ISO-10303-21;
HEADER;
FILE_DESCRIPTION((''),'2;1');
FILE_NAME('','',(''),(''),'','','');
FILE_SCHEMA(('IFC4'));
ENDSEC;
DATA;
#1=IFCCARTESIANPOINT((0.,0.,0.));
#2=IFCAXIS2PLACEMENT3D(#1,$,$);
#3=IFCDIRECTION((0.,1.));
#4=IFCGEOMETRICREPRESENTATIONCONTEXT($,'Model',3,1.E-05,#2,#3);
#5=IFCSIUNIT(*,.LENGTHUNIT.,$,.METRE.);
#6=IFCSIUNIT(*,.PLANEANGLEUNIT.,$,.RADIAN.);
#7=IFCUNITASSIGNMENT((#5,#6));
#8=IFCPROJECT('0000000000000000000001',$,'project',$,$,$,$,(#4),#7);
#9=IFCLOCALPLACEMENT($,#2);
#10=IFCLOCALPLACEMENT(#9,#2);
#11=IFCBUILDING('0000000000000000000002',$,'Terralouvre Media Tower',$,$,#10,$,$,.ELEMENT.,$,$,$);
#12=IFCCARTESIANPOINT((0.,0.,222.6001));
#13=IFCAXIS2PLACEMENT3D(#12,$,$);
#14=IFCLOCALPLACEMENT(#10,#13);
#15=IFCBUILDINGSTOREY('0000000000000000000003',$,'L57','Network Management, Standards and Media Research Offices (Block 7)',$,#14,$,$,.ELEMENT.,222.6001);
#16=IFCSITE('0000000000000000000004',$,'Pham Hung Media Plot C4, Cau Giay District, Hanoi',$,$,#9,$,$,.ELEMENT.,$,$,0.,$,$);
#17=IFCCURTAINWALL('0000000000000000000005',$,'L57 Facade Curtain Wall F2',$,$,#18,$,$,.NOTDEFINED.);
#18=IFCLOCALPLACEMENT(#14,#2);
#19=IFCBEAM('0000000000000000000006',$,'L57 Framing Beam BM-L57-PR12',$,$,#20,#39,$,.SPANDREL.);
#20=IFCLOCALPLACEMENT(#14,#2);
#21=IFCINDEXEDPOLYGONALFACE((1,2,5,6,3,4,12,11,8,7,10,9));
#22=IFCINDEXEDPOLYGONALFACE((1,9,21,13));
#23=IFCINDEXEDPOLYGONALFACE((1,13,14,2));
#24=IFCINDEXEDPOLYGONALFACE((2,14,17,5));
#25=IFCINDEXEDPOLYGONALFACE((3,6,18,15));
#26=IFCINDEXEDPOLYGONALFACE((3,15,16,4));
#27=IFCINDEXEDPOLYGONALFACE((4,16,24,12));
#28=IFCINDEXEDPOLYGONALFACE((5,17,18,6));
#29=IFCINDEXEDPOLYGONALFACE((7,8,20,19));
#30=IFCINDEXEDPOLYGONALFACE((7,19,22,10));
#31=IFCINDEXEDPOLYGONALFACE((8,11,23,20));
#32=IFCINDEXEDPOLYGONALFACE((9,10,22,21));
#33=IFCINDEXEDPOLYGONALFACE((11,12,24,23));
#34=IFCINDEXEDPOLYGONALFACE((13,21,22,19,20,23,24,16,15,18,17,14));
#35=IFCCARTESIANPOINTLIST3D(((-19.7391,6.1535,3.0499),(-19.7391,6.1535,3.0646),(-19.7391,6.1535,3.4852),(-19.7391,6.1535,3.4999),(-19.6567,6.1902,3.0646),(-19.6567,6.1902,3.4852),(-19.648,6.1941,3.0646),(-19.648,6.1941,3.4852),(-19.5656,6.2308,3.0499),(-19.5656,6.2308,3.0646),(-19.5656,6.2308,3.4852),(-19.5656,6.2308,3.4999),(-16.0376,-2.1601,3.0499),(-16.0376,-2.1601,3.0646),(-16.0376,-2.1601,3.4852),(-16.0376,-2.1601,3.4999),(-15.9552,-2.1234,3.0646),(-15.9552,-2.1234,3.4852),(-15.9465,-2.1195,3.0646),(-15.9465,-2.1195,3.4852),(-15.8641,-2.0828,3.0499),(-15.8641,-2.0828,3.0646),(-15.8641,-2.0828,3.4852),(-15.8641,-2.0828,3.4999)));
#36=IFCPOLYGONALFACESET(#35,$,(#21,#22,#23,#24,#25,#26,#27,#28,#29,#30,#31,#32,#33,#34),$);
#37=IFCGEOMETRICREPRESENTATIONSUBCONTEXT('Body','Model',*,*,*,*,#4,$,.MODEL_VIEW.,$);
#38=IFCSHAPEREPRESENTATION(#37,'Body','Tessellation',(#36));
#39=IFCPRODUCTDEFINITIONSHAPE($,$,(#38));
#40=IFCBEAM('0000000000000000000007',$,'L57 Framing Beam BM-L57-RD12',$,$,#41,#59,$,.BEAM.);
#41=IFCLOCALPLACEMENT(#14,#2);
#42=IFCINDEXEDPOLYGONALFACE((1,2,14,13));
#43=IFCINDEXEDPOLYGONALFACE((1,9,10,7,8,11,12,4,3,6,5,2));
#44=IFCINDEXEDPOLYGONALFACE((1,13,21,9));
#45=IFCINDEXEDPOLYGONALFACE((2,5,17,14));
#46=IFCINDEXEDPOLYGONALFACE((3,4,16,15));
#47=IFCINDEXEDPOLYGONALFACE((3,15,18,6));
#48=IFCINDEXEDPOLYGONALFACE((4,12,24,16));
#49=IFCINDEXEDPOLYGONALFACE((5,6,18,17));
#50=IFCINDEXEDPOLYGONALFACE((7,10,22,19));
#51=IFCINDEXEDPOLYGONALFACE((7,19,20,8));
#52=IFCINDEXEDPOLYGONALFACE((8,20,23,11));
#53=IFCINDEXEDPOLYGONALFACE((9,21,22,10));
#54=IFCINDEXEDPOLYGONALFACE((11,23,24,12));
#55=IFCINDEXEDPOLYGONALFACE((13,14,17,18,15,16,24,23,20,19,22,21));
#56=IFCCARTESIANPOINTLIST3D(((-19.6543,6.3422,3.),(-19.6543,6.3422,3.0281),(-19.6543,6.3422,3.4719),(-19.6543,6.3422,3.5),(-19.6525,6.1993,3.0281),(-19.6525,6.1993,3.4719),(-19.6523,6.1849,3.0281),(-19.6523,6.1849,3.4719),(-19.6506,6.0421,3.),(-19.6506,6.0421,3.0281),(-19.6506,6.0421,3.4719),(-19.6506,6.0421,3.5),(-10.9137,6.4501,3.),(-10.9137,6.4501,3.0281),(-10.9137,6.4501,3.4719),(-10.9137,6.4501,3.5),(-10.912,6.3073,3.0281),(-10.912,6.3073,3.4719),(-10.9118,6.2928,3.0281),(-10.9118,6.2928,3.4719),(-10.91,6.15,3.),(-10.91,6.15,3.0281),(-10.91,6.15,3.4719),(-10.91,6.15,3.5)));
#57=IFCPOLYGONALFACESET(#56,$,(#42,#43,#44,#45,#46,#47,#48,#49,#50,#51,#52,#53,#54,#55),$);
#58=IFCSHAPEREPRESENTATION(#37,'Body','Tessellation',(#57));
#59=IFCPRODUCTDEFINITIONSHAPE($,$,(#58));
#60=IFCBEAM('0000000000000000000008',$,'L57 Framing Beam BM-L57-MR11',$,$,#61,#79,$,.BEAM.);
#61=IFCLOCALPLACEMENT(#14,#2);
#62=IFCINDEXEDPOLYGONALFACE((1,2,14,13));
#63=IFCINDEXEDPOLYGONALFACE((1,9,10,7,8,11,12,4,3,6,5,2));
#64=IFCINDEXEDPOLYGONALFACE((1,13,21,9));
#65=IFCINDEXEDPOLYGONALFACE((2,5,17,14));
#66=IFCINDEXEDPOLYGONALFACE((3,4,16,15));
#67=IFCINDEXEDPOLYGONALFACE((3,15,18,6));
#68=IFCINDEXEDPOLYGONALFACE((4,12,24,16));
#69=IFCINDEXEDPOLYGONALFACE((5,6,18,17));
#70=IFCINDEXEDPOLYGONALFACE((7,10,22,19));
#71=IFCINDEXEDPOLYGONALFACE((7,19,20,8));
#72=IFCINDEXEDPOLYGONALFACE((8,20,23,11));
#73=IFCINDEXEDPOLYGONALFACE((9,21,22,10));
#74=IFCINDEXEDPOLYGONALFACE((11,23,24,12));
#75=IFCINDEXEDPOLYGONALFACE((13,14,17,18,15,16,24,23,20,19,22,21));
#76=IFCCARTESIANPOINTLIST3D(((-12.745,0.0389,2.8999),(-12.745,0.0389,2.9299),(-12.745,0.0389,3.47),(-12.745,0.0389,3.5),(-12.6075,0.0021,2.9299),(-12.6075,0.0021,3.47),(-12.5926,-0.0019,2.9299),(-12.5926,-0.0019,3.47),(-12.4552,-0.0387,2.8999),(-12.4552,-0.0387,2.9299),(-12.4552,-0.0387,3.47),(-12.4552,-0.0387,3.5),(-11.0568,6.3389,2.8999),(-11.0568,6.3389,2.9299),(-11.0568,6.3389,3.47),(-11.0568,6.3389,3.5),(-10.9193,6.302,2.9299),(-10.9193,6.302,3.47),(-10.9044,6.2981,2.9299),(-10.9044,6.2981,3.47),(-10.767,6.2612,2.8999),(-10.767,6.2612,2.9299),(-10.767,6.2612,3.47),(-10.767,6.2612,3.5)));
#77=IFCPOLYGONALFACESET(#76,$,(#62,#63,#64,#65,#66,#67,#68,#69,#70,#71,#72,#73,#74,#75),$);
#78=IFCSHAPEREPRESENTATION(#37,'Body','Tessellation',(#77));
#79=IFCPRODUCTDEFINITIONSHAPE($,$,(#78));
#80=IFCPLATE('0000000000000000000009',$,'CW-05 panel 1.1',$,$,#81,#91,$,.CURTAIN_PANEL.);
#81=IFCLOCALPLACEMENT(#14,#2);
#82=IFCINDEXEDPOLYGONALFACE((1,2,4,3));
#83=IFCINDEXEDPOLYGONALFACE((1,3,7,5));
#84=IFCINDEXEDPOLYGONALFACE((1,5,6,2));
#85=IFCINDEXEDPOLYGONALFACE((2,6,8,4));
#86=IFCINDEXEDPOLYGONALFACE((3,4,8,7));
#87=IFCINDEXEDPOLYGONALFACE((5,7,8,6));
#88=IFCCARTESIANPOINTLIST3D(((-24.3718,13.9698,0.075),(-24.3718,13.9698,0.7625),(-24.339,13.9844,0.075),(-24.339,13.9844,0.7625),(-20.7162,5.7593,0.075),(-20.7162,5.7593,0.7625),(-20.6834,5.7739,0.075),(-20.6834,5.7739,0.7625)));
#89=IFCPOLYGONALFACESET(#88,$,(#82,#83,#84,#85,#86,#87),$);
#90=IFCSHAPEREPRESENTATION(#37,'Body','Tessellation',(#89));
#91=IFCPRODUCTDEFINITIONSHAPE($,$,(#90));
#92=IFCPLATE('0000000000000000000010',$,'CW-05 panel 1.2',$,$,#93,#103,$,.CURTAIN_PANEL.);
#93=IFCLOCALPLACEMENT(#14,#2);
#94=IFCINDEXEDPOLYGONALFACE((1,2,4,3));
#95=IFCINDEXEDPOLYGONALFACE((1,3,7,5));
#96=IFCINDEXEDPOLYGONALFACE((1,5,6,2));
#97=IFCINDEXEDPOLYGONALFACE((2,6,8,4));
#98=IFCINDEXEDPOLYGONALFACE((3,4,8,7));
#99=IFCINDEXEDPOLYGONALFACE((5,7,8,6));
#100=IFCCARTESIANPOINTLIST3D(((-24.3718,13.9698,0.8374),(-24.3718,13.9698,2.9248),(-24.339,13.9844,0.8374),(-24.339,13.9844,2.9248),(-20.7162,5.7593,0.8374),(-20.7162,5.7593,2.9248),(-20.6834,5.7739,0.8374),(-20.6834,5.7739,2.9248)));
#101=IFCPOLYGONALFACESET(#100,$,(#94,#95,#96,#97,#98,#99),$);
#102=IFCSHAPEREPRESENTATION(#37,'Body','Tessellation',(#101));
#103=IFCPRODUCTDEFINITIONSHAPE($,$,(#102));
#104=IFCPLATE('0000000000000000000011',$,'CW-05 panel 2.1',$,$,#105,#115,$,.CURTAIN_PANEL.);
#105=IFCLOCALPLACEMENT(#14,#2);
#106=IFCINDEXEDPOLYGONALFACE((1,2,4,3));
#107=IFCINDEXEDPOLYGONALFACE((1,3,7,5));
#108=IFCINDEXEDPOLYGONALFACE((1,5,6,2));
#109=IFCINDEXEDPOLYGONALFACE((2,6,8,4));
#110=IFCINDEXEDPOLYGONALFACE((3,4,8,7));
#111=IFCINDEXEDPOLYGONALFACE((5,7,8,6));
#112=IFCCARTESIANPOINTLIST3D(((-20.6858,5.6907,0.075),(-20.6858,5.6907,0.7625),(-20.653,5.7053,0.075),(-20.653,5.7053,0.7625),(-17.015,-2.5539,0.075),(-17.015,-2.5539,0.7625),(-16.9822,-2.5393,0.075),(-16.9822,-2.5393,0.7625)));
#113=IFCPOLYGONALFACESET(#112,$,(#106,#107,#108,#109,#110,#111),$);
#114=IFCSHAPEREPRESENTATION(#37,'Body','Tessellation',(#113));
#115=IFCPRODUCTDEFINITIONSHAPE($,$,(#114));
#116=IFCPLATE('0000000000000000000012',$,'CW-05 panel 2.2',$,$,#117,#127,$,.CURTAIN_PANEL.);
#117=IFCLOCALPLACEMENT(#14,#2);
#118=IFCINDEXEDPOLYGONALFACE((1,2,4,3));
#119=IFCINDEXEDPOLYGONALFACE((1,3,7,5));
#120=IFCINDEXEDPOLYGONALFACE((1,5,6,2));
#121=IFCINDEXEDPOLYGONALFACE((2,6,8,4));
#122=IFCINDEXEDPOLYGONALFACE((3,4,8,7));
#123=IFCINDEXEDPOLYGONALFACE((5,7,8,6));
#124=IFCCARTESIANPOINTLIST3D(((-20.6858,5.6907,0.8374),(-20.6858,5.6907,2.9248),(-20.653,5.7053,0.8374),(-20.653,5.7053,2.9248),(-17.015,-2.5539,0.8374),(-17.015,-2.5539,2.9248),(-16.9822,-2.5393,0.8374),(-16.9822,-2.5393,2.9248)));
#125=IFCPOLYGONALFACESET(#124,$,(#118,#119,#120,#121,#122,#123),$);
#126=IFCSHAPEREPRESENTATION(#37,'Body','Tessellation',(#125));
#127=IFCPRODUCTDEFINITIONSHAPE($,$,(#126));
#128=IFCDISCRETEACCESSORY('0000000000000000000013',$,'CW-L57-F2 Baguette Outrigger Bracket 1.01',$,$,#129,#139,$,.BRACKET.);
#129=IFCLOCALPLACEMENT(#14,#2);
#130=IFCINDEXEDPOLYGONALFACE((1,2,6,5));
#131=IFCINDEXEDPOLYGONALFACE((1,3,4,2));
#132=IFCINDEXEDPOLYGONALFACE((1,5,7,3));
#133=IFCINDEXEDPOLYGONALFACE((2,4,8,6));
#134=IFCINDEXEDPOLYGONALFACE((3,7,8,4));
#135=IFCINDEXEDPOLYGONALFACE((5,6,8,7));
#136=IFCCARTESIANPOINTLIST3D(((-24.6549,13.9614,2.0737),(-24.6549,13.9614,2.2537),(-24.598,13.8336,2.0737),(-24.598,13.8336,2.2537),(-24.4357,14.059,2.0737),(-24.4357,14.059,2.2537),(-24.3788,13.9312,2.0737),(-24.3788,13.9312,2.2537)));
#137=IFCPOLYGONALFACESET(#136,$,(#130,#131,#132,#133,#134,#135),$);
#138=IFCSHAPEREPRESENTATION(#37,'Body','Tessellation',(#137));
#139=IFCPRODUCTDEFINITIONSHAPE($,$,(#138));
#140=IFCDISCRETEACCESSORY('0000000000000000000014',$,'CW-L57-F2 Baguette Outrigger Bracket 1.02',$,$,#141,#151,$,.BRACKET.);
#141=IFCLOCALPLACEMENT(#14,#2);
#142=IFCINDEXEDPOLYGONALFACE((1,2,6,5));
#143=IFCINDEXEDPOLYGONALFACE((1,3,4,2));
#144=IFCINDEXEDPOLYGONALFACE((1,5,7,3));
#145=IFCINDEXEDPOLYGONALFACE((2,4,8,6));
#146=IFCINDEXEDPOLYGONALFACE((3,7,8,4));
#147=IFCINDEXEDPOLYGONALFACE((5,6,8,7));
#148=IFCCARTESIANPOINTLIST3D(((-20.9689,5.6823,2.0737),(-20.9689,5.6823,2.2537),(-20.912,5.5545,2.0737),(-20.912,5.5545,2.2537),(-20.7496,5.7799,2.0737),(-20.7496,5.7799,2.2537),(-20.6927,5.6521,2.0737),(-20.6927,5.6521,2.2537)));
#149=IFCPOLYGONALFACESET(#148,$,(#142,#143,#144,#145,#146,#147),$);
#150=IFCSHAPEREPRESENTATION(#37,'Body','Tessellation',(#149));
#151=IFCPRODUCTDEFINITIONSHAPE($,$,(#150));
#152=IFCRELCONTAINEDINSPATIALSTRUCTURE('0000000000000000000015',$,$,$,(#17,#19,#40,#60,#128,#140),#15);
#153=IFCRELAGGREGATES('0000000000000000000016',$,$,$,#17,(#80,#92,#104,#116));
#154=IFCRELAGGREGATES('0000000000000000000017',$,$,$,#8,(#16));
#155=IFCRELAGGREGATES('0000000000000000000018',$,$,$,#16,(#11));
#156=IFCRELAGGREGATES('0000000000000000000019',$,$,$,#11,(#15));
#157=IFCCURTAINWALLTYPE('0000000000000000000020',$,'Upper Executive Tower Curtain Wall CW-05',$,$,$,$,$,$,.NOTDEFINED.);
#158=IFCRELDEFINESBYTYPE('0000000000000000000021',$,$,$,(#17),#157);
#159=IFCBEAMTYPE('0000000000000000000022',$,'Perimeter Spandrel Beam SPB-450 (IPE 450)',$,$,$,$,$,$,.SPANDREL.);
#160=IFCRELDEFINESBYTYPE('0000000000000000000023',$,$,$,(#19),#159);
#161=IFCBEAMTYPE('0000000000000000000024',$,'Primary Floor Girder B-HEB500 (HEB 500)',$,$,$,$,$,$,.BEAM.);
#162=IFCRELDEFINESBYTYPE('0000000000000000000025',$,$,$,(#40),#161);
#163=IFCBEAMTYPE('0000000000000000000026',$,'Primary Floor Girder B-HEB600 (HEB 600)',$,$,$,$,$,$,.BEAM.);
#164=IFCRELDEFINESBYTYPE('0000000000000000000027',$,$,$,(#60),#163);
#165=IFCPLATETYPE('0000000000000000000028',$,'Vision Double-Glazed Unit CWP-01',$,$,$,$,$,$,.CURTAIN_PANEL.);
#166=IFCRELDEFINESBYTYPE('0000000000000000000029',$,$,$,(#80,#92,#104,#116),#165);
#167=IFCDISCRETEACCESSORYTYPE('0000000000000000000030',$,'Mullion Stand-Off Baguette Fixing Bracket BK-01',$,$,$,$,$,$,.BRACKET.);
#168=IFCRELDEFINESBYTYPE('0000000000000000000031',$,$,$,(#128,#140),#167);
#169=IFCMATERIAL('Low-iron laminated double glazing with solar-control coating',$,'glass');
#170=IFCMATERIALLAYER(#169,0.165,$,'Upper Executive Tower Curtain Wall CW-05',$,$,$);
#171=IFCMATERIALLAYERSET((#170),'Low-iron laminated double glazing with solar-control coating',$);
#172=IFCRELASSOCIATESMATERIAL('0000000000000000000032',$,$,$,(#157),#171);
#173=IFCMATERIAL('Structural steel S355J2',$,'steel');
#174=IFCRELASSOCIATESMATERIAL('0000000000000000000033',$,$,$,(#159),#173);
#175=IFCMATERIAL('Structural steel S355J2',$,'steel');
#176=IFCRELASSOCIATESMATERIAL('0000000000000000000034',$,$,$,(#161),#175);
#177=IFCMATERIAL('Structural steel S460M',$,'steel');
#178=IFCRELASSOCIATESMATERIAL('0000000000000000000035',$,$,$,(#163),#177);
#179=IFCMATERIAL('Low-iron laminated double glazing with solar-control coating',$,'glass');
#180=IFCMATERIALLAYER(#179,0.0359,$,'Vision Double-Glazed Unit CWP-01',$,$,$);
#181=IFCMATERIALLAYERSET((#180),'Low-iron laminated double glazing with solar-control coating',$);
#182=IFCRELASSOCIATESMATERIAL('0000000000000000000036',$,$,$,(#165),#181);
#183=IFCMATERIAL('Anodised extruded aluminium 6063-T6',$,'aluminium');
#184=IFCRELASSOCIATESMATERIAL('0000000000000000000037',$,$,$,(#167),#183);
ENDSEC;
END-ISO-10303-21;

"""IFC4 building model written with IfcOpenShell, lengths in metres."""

from ifc_helpers import new_model, si_unit, direction, frame, origin, origin_2d, place, context, subcontext, project, spatial, rectangle, i_section, extrude, material, layer, layer_set, material_profile, profile_set, type_object, element, aggregate, save


model = new_model("IFC4")

# Units and contexts
model_context = context("Model", 3, precision=1e-05, world=origin(), true_north=direction((0.0, 1.0)))
body_context = subcontext(model_context, "Body", "Model", "MODEL_VIEW")
ifc_project = project(units=[si_unit("LENGTHUNIT", "METRE"), si_unit("PLANEANGLEUNIT", "RADIAN")], contexts=[model_context])

# Site, building, storey
site_placement = place(None, origin())
site = spatial("IfcSite", under=ifc_project, at=site_placement, Name="Pham Hung Media Plot C4, Cau Giay District, Hanoi", CompositionType="ELEMENT", RefElevation=0.0)
building_placement = place(site_placement, origin())
building = spatial("IfcBuilding", under=site, at=building_placement, Name="Terralouvre Media Tower", CompositionType="ELEMENT")
storey_placement = place(building_placement, frame((0.0, 0.0, 222.6001)))
storey = spatial("IfcBuildingStorey", under=building, at=storey_placement, Name="L57", Description="Network Management, Standards and Media Research Offices (Block 7)", CompositionType="ELEMENT", Elevation=222.6001)

# Curtain wall
ifc_material_1 = material(Name="Low-iron laminated double glazing with solar-control coating", Category="glass")
ifc_layer_1 = layer(ifc_material_1, 0.165, Name="Upper Executive Tower Curtain Wall CW-05")
ifc_layer_set_1 = layer_set([ifc_layer_1], Name="Low-iron laminated double glazing with solar-control coating")
curtain_wall_type_1 = type_object("IfcCurtainWallType", Name="Upper Executive Tower Curtain Wall CW-05", PredefinedType="NOTDEFINED", material=ifc_layer_set_1)
curtain_wall_1_placement = place(storey_placement, origin())
curtain_wall_1 = element("IfcCurtainWall", 1, at=curtain_wall_1_placement, inside=storey, type_object=curtain_wall_type_1, Name="L57 Facade Curtain Wall F2", PredefinedType="NOTDEFINED")

# Beams
ifc_material_2 = material(Name="Structural steel S355J2", Category="steel")
ifc_material_profile_1 = material_profile(ifc_material_2, i_section(OverallWidth=0.1899, OverallDepth=0.45, WebThickness=0.0095, FlangeThickness=0.0146, at=origin_2d()), Name="IPE 450")
ifc_profile_set_1 = profile_set([ifc_material_profile_1], Name="Structural steel S355J2")
beam_type_1 = type_object("IfcBeamType", Name="Perimeter Spandrel Beam SPB-450 (IPE 450)", PredefinedType="SPANDREL", material=ifc_profile_set_1)
beam_1_placement = place(storey_placement, frame((-19.6523, 6.1921, 3.2749), z_axis=(0.406738, -0.913545, 0.0), x_axis=(0.913545, 0.406738, 0.0)))
element("IfcBeam", 2, at=beam_1_placement, inside=storey, type_object=beam_type_1, Name="L57 Framing Beam BM-L57-PR12", PredefinedType="SPANDREL", context=body_context, shape_type="SweptSolid", body=[
    extrude(i_section(OverallWidth=0.1899, OverallDepth=0.45, WebThickness=0.0095, FlangeThickness=0.0146, at=origin_2d()), origin(), (0.0, 0.0, 1.0), 9.1003),
])
ifc_material_3 = material(Name="Structural steel S355J2", Category="steel")
ifc_material_profile_2 = material_profile(ifc_material_3, i_section(OverallWidth=0.3, OverallDepth=0.5, WebThickness=0.0144, FlangeThickness=0.0281, at=origin_2d()), Name="HEB 500")
ifc_profile_set_2 = profile_set([ifc_material_profile_2], Name="Structural steel S355J2")
beam_type_2 = type_object("IfcBeamType", Name="Primary Floor Girder B-HEB500 (HEB 500)", PredefinedType="BEAM", material=ifc_profile_set_2)
beam_2_placement = place(storey_placement, frame((-10.9119, 6.3, 3.25), z_axis=(-0.999924, -0.012345, 0.0), x_axis=(0.012345, -0.999924, 0.0)))
element("IfcBeam", 3, at=beam_2_placement, inside=storey, type_object=beam_type_2, Name="L57 Framing Beam BM-L57-RD12", PredefinedType="BEAM", context=body_context, shape_type="SweptSolid", body=[
    extrude(i_section(OverallWidth=0.3, OverallDepth=0.5, WebThickness=0.0144, FlangeThickness=0.0281, at=origin_2d()), origin(), (0.0, 0.0, 1.0), 8.7412),
])
ifc_material_4 = material(Name="Structural steel S460M", Category="steel")
ifc_material_profile_3 = material_profile(ifc_material_4, i_section(OverallWidth=0.3, OverallDepth=0.6001, WebThickness=0.0154, FlangeThickness=0.03, at=origin_2d()), Name="HEB 600")
ifc_profile_set_3 = profile_set([ifc_material_profile_3], Name="Structural steel S460M")
beam_type_3 = type_object("IfcBeamType", Name="Primary Floor Girder B-HEB600 (HEB 600)", PredefinedType="BEAM", material=ifc_profile_set_3)
beam_3_placement = place(storey_placement, frame((-10.9119, 6.3, 3.2), z_axis=(-0.258839, -0.96592, 0.0), x_axis=(0.96592, -0.258839, 0.0)))
element("IfcBeam", 4, at=beam_3_placement, inside=storey, type_object=beam_type_3, Name="L57 Framing Beam BM-L57-MR11", PredefinedType="BEAM", context=body_context, shape_type="SweptSolid", body=[
    extrude(i_section(OverallWidth=0.3, OverallDepth=0.6001, WebThickness=0.0154, FlangeThickness=0.03, at=origin_2d()), origin(), (0.0, 0.0, 1.0), 6.5222),
])

# Plates
ifc_material_5 = material(Name="Low-iron laminated double glazing with solar-control coating", Category="glass")
ifc_layer_2 = layer(ifc_material_5, 0.0359, Name="Vision Double-Glazed Unit CWP-01")
ifc_layer_set_2 = layer_set([ifc_layer_2], Name="Low-iron laminated double glazing with solar-control coating")
plate_type = type_object("IfcPlateType", Name="Vision Double-Glazed Unit CWP-01", PredefinedType="CURTAIN_PANEL", material=ifc_layer_set_2)
plate_1_placement = place(storey_placement, frame((-22.5276, 9.8718, 0.075), z_axis=(0.0, 0.0, 1.0), x_axis=(0.406737, -0.913545, 0.0)))
plate_1 = element("IfcPlate", 5, at=plate_1_placement, type_object=plate_type, Name="CW-05 panel 1.1", PredefinedType="CURTAIN_PANEL", context=body_context, shape_type="SweptSolid", body=[
    extrude(rectangle(XDim=8.9875, YDim=0.0359, at=origin_2d()), origin(), (0.0, 0.0, 1.0), 0.6875),
])
plate_2_placement = place(storey_placement, frame((-22.5276, 9.8718, 0.8374), z_axis=(0.0, 0.0, 1.0), x_axis=(0.406737, -0.913545, 0.0)))
plate_2 = element("IfcPlate", 6, at=plate_2_placement, type_object=plate_type, Name="CW-05 panel 1.2", PredefinedType="CURTAIN_PANEL", context=body_context, shape_type="SweptSolid", body=[
    extrude(rectangle(XDim=8.9875, YDim=0.0359, at=origin_2d()), origin(), (0.0, 0.0, 1.0), 2.0874),
])
plate_3_placement = place(storey_placement, frame((-18.834, 1.5757, 0.075), z_axis=(0.0, 0.0, 1.0), x_axis=(0.406737, -0.913545, 0.0)))
plate_3 = element("IfcPlate", 7, at=plate_3_placement, type_object=plate_type, Name="CW-05 panel 2.1", PredefinedType="CURTAIN_PANEL", context=body_context, shape_type="SweptSolid", body=[
    extrude(rectangle(XDim=9.0249, YDim=0.0359, at=origin_2d()), origin(), (0.0, 0.0, 1.0), 0.6875),
])
plate_4_placement = place(storey_placement, frame((-18.834, 1.5757, 0.8374), z_axis=(0.0, 0.0, 1.0), x_axis=(0.406737, -0.913545, 0.0)))
plate_4 = element("IfcPlate", 8, at=plate_4_placement, type_object=plate_type, Name="CW-05 panel 2.2", PredefinedType="CURTAIN_PANEL", context=body_context, shape_type="SweptSolid", body=[
    extrude(rectangle(XDim=9.0249, YDim=0.0359, at=origin_2d()), origin(), (0.0, 0.0, 1.0), 2.0874),
])
aggregate(curtain_wall_1, [plate_1, plate_2, plate_3, plate_4])

# Discrete accessories
ifc_material_6 = material(Name="Anodised extruded aluminium 6063-T6", Category="aluminium")
discrete_accessory_type = type_object("IfcDiscreteAccessoryType", Name="Mullion Stand-Off Baguette Fixing Bracket BK-01", PredefinedType="BRACKET", material=ifc_material_6)
for number, where, z_axis, x_axis, name in (
    (9, (-24.5168, 13.9463, 2.0737), (0.0, 0.0, 1.0), (0.406737, -0.913545, 0.0), "CW-L57-F2 Baguette Outrigger Bracket 1.01"),
    (10, (-20.8308, 5.6672, 2.0737), (0.0, 0.0, 1.0), (0.406737, -0.913545, 0.0), "CW-L57-F2 Baguette Outrigger Bracket 1.02"),
):
    element("IfcDiscreteAccessory", number, at=place(storey_placement, frame(where, z_axis=z_axis, x_axis=x_axis)), inside=storey, type_object=discrete_accessory_type, Name=name, PredefinedType="BRACKET", context=body_context, shape_type="SweptSolid", body=[
        extrude(rectangle(XDim=0.1399, YDim=0.24, at=origin_2d()), origin(), (0.0, 0.0, 1.0), 0.1799),
    ])

save(model, "model.ifc")
